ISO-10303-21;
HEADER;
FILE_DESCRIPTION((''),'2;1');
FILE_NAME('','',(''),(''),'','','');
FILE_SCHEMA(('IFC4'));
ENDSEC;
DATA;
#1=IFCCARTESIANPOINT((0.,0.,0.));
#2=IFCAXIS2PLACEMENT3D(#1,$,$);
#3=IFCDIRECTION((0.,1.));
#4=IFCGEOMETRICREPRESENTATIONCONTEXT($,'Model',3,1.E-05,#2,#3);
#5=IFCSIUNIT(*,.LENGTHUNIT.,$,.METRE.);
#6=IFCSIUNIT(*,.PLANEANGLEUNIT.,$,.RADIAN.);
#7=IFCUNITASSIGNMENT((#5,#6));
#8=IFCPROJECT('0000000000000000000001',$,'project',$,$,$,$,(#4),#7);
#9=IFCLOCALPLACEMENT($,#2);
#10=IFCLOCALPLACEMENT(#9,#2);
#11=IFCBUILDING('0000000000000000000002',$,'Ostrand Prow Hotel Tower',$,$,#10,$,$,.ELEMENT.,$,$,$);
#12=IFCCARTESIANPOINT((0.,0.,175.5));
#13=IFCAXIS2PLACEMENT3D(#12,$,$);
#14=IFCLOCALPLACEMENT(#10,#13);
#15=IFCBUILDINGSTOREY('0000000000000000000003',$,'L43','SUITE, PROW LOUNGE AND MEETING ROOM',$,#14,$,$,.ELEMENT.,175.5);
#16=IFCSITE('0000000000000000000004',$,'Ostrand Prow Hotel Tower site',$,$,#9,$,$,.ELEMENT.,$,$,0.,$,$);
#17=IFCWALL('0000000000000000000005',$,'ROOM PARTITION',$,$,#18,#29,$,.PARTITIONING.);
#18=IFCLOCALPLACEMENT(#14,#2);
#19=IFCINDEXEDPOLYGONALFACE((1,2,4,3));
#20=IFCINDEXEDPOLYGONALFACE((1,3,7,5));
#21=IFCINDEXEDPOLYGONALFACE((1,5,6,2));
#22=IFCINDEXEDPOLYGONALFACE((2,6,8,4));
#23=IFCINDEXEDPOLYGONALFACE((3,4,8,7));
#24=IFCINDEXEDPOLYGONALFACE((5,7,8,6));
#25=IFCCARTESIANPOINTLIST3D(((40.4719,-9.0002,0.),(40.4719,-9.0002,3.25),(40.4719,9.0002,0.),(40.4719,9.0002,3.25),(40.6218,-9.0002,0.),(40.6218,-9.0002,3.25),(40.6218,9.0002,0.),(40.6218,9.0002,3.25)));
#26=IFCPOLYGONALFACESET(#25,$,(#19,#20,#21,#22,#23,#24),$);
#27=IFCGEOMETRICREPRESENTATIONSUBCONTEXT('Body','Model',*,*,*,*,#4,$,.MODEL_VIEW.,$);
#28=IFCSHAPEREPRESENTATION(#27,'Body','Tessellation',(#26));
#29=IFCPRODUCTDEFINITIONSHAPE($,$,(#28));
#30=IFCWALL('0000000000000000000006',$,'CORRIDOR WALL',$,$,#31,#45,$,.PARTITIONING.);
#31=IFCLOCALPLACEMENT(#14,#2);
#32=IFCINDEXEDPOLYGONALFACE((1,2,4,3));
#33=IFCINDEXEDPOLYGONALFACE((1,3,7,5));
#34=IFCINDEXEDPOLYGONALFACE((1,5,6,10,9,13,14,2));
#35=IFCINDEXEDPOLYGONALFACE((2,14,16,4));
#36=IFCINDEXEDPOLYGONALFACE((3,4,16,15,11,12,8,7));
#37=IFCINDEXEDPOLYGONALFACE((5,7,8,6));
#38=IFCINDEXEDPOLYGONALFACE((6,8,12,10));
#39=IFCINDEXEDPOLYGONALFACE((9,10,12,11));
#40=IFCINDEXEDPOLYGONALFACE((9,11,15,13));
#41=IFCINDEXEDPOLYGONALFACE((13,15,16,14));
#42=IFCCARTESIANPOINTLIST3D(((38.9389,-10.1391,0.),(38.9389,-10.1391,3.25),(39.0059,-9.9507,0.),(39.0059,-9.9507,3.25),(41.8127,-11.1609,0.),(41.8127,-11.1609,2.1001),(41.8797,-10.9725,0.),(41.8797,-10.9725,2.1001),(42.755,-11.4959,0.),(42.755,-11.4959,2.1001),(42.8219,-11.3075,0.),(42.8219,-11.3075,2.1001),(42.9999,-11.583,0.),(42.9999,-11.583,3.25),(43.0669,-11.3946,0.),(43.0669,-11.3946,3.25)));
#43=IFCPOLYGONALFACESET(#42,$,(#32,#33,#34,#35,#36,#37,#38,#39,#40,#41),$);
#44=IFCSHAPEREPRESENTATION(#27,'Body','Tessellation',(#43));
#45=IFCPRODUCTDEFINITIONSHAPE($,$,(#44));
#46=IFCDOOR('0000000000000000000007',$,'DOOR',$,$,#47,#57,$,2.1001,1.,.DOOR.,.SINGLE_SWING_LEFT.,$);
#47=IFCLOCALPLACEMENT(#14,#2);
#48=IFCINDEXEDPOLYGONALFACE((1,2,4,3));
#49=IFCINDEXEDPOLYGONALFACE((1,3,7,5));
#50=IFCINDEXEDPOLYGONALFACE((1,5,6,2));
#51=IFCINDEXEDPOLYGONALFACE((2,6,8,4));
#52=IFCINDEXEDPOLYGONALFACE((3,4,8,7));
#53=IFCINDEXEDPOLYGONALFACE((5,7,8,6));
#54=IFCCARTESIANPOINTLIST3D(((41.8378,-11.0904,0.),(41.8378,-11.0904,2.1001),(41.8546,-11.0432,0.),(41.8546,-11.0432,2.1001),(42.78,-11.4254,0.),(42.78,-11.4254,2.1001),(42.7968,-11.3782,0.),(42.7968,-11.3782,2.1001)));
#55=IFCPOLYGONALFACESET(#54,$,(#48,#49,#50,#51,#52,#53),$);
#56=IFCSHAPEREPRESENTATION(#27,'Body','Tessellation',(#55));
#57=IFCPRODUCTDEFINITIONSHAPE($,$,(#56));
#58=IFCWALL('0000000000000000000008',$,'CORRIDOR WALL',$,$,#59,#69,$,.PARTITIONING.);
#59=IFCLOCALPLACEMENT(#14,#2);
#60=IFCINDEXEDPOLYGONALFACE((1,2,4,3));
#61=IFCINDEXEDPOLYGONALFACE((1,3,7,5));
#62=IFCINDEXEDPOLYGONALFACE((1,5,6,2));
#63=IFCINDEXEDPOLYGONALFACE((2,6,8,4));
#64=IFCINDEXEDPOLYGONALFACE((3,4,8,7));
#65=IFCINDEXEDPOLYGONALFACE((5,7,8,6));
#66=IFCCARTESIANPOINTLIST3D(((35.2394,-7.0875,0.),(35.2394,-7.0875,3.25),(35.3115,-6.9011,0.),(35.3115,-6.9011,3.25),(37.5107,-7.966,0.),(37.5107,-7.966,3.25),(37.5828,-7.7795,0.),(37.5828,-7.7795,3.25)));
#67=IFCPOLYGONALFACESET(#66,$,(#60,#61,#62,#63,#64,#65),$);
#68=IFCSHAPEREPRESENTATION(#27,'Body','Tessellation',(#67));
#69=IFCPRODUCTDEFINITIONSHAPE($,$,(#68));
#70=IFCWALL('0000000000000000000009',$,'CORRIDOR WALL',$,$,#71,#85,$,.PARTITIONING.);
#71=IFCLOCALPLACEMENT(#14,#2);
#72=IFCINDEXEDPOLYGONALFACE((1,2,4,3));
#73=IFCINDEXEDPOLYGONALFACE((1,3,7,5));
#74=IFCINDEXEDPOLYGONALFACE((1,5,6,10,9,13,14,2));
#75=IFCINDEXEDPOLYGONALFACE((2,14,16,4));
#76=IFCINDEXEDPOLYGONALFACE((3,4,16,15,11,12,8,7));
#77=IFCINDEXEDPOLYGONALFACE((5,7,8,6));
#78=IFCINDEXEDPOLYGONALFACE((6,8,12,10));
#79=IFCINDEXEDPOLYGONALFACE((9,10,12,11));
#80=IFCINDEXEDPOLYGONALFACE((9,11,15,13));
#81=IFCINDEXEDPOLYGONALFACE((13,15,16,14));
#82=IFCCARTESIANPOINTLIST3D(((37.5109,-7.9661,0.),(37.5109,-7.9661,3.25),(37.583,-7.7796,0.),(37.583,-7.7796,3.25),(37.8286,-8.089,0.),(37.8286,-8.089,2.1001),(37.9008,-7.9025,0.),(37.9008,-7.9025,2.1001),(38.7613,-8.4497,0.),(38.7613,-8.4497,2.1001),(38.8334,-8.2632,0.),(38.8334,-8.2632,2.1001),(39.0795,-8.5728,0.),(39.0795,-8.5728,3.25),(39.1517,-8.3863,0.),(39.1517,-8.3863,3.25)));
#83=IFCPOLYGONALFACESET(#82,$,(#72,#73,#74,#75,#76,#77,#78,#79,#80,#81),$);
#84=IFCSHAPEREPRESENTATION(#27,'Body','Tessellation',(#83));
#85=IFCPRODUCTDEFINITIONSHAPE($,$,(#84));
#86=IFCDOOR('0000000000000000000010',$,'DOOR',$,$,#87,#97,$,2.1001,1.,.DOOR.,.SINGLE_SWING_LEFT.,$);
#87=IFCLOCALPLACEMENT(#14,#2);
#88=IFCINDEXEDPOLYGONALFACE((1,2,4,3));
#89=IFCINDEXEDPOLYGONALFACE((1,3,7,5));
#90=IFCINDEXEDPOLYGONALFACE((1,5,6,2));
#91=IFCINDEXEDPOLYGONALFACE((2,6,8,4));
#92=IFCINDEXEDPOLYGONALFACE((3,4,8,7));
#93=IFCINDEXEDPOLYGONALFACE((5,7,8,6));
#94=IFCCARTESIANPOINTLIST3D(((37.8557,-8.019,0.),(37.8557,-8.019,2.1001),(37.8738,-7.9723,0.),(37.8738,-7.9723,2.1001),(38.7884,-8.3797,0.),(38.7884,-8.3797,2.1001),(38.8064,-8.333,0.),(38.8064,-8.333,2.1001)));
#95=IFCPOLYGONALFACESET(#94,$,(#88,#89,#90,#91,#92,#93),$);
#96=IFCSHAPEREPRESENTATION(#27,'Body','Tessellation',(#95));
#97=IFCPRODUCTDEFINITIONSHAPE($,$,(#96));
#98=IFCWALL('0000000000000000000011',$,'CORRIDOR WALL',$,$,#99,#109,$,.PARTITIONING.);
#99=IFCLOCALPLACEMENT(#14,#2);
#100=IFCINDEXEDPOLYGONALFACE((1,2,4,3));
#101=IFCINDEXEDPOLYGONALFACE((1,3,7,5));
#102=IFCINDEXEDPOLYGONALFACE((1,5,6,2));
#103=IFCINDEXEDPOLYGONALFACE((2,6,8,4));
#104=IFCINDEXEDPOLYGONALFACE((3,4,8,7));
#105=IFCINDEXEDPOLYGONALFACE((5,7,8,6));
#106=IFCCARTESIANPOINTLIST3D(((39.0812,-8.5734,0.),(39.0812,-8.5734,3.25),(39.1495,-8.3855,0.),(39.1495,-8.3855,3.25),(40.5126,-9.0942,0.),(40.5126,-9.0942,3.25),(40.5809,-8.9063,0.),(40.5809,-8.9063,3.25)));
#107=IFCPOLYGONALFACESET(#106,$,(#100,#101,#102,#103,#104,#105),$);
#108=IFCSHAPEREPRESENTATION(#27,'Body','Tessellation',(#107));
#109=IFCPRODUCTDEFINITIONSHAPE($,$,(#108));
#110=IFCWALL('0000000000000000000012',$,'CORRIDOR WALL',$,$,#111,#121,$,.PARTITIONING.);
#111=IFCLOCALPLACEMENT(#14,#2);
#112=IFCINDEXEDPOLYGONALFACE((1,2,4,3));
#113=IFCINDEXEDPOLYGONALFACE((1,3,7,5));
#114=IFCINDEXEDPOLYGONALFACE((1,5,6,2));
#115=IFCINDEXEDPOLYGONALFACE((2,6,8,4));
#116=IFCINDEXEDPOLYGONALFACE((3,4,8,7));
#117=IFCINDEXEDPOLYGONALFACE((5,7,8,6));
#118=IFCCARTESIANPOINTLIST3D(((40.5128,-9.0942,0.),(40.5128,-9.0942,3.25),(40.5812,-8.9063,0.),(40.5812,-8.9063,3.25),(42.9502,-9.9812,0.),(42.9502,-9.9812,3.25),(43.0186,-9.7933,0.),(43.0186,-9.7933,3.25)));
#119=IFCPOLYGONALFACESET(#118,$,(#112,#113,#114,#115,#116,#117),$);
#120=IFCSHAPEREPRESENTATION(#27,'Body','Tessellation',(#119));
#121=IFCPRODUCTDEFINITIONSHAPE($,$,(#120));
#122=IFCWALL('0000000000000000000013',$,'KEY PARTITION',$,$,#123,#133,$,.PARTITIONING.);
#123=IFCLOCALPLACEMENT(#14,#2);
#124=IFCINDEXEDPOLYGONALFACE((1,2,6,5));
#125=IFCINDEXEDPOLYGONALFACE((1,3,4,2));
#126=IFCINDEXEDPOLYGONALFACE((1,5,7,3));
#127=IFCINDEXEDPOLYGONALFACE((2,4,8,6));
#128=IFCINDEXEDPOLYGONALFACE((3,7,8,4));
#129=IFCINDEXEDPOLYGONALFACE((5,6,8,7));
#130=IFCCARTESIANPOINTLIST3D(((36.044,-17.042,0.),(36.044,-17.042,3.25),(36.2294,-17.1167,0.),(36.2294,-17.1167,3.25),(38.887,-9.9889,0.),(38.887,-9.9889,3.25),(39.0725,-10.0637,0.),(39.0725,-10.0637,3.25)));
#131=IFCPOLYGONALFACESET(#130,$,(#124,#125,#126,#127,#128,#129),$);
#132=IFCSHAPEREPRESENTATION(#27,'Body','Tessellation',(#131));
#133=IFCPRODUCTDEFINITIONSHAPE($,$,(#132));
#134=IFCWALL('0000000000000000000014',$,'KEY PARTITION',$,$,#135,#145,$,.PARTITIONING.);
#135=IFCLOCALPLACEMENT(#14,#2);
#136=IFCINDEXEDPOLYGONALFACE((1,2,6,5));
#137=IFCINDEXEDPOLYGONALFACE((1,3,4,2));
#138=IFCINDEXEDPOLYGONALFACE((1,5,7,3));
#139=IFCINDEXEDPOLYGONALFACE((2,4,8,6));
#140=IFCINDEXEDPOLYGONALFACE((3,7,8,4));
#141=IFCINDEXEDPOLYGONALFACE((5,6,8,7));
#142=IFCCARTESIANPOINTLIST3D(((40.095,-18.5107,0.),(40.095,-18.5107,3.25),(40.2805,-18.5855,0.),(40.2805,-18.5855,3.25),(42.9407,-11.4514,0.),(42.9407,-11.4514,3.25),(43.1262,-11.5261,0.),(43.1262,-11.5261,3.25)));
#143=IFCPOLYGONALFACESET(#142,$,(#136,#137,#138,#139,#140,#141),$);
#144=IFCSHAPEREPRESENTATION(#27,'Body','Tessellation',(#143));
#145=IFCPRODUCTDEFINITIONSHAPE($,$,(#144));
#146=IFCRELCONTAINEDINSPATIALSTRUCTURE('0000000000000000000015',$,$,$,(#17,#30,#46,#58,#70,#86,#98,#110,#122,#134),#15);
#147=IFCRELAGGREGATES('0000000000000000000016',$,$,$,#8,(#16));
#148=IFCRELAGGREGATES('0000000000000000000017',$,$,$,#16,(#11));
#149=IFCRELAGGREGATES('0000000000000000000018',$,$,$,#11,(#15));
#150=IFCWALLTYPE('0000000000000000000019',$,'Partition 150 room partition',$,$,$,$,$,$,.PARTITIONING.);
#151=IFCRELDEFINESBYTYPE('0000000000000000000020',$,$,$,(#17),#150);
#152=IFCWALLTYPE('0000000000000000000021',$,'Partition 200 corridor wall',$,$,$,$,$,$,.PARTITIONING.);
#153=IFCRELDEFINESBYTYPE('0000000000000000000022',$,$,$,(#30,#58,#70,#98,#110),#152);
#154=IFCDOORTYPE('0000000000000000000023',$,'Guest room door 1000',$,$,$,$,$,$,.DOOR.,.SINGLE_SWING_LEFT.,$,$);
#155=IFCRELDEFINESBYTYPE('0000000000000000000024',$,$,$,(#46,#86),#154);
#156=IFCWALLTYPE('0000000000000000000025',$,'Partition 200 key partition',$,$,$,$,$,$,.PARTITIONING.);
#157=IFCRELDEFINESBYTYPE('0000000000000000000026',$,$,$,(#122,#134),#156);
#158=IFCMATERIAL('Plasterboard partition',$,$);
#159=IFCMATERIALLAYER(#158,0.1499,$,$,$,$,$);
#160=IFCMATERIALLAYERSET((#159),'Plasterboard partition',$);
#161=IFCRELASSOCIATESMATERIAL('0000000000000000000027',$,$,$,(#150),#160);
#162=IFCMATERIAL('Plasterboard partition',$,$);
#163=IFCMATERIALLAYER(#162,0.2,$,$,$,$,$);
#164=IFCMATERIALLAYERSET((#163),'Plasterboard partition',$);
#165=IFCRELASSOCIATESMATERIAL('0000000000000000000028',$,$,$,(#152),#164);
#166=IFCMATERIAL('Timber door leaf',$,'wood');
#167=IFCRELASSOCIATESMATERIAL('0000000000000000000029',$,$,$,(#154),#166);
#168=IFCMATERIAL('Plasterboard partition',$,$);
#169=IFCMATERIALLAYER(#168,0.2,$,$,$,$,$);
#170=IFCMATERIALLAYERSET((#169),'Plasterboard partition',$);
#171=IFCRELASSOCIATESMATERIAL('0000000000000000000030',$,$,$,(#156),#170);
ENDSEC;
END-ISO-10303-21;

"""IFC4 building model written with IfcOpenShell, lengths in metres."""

from ifc_helpers import new_model, si_unit, direction, frame, frame_2d, origin, place, context, subcontext, project, spatial, rectangle, extrude, material, layer, layer_set, type_object, element, fill, save


model = new_model("IFC4")

# Units and contexts
model_context = context("Model", 3, precision=1e-05, world=origin(), true_north=direction((0.0, 1.0)))
body_context = subcontext(model_context, "Body", "Model", "MODEL_VIEW")
ifc_project = project(units=[si_unit("LENGTHUNIT", "METRE"), si_unit("PLANEANGLEUNIT", "RADIAN")], contexts=[model_context])

# Site, building, storey
site_placement = place(None, origin())
site = spatial("IfcSite", under=ifc_project, at=site_placement, Name="Ostrand Prow Hotel Tower site", CompositionType="ELEMENT", RefElevation=0.0)
building_placement = place(site_placement, origin())
building = spatial("IfcBuilding", under=site, at=building_placement, Name="Ostrand Prow Hotel Tower", CompositionType="ELEMENT")
storey_placement = place(building_placement, frame((0.0, 0.0, 175.5)))
storey = spatial("IfcBuildingStorey", under=building, at=storey_placement, Name="L43", Description="SUITE, PROW LOUNGE AND MEETING ROOM", CompositionType="ELEMENT", Elevation=175.5)

# Wall
ifc_material_1 = material(Name="Plasterboard partition")
ifc_layer_1 = layer(ifc_material_1, 0.1499)
ifc_layer_set_1 = layer_set([ifc_layer_1], Name="Plasterboard partition")
wall_type_1 = type_object("IfcWallType", Name="Partition 150 room partition", PredefinedType="PARTITIONING", material=ifc_layer_set_1)
wall_1_placement = place(storey_placement, frame((40.5469, -9.0002, 0.0), z_axis=(0.0, 0.0, 1.0), x_axis=(0.0, 1.0, 0.0)))
element("IfcWall", 1, at=wall_1_placement, inside=storey, type_object=wall_type_1, Name="ROOM PARTITION", PredefinedType="PARTITIONING", context=body_context, shape_type="SweptSolid", body=[
    extrude(rectangle(XDim=18.0005, YDim=0.1499, at=frame_2d((9.0002, 0.0))), origin(), (0.0, 0.0, 1.0), 3.25),
])

# Wall, opening, door
ifc_material_2 = material(Name="Plasterboard partition")
ifc_layer_2 = layer(ifc_material_2, 0.2)
ifc_layer_set_2 = layer_set([ifc_layer_2], Name="Plasterboard partition")
wall_type_2 = type_object("IfcWallType", Name="Partition 200 corridor wall", PredefinedType="PARTITIONING", material=ifc_layer_set_2)
wall_2_placement = place(storey_placement, frame((38.9724, -10.0449, 0.0), z_axis=(0.0, 0.0, 1.0), x_axis=(0.94222, -0.334994, 0.0)))
wall_2 = element("IfcWall", 2, at=wall_2_placement, inside=storey, type_object=wall_type_2, Name="CORRIDOR WALL", PredefinedType="PARTITIONING", context=body_context, shape_type="SweptSolid", body=[
    extrude(rectangle(XDim=4.3101, YDim=0.2, at=frame_2d((2.155, 0.0))), origin(), (0.0, 0.0, 1.0), 3.25),
])
opening_1_placement = place(wall_2_placement, frame((3.05, 0.0, 0.0)))
opening_1 = element("IfcOpeningElement", 3, at=opening_1_placement, cuts=wall_2, PredefinedType="OPENING", context=body_context, shape_type="SweptSolid", body=[
    extrude(rectangle(XDim=1.0, YDim=2.1001, at=frame_2d((0.5, 1.05))), frame((0.0, 0.1099, 0.0), z_axis=(0.0, -1.0, 0.0), x_axis=(1.0, 0.0, 0.0)), (0.0, 0.0, 1.0), 0.22),
])
ifc_material_3 = material(Name="Timber door leaf", Category="wood")
door_type_1 = type_object("IfcDoorType", Name="Guest room door 1000", OperationType="SINGLE_SWING_LEFT", PredefinedType="DOOR", material=ifc_material_3)
door_1_placement = place(opening_1_placement, origin())
door_1 = element("IfcDoor", 4, at=door_1_placement, inside=storey, type_object=door_type_1, Name="DOOR", OperationType="SINGLE_SWING_LEFT", OverallHeight=2.1001, OverallWidth=1.0, PredefinedType="DOOR", context=body_context, shape_type="SweptSolid", body=[
    extrude(rectangle(XDim=1.0, YDim=2.1001, at=frame_2d((0.5, 1.05))), frame((0.0, 0.0249, 0.0), z_axis=(0.0, -1.0, 0.0), x_axis=(1.0, 0.0, 0.0)), (0.0, 0.0, 1.0), 0.05),
])
fill(opening_1, door_1)

# Wall
wall_3_placement = place(storey_placement, frame((37.5469, -7.8728, 0.0), z_axis=(0.0, 0.0, 1.0), x_axis=(-0.932675, 0.360718, 0.0)))
element("IfcWall", 5, at=wall_3_placement, inside=storey, type_object=wall_type_2, Name="CORRIDOR WALL", PredefinedType="PARTITIONING", context=body_context, shape_type="SweptSolid", body=[
    extrude(rectangle(XDim=2.4353, YDim=0.2, at=frame_2d((1.2178, 0.0))), origin(), (0.0, 0.0, 1.0), 3.25),
])

# Wall, opening, door
wall_4_placement = place(storey_placement, frame((39.1155, -8.4795, 0.0), z_axis=(0.0, 0.0, 1.0), x_axis=(-0.932671, 0.360729, 0.0)))
wall_4 = element("IfcWall", 6, at=wall_4_placement, inside=storey, type_object=wall_type_2, Name="CORRIDOR WALL", PredefinedType="PARTITIONING", context=body_context, shape_type="SweptSolid", body=[
    extrude(rectangle(XDim=1.6819, YDim=0.2, at=frame_2d((0.8408, 0.0))), origin(), (0.0, 0.0, 1.0), 3.25),
])
opening_2_placement = place(wall_4_placement, frame((0.3411, 0.0, 0.0)))
opening_2 = element("IfcOpeningElement", 7, at=opening_2_placement, cuts=wall_4, PredefinedType="OPENING", context=body_context, shape_type="SweptSolid", body=[
    extrude(rectangle(XDim=1.0, YDim=2.1001, at=frame_2d((0.5, 1.05))), frame((0.0, 0.1099, 0.0), z_axis=(0.0, -1.0, 0.0), x_axis=(1.0, 0.0, 0.0)), (0.0, 0.0, 1.0), 0.22),
])
door_2_placement = place(opening_2_placement, origin())
door_2 = element("IfcDoor", 8, at=door_2_placement, inside=storey, type_object=door_type_1, Name="DOOR", OperationType="SINGLE_SWING_LEFT", OverallHeight=2.1001, OverallWidth=1.0, PredefinedType="DOOR", context=body_context, shape_type="SweptSolid", body=[
    extrude(rectangle(XDim=1.0, YDim=2.1001, at=frame_2d((0.5, 1.05))), frame((0.0, 0.0249, 0.0), z_axis=(0.0, -1.0, 0.0), x_axis=(1.0, 0.0, 0.0)), (0.0, 0.0, 1.0), 0.05),
])
fill(opening_2, door_2)

# Walls
wall_5_placement = place(storey_placement, frame((40.5469, -9.0002, 0.0), z_axis=(0.0, 0.0, 1.0), x_axis=(-0.939742, 0.341885, 0.0)))
element("IfcWall", 9, at=wall_5_placement, inside=storey, type_object=wall_type_2, Name="CORRIDOR WALL", PredefinedType="PARTITIONING", context=body_context, shape_type="SweptSolid", body=[
    extrude(rectangle(XDim=1.5232, YDim=0.2, at=frame_2d((0.7617, 0.0))), origin(), (0.0, 0.0, 1.0), 3.25),
])
wall_6_placement = place(storey_placement, frame((42.9844, -9.8872, 0.0), z_axis=(0.0, 0.0, 1.0), x_axis=(-0.939719, 0.341947, 0.0)))
element("IfcWall", 10, at=wall_6_placement, inside=storey, type_object=wall_type_2, Name="CORRIDOR WALL", PredefinedType="PARTITIONING", context=body_context, shape_type="SweptSolid", body=[
    extrude(rectangle(XDim=2.5938, YDim=0.2, at=frame_2d((1.2969, 0.0))), origin(), (0.0, 0.0, 1.0), 3.25),
])
ifc_material_4 = material(Name="Plasterboard partition")
ifc_layer_3 = layer(ifc_material_4, 0.2)
ifc_layer_set_3 = layer_set([ifc_layer_3], Name="Plasterboard partition")
wall_type_3 = type_object("IfcWallType", Name="Partition 200 key partition", PredefinedType="PARTITIONING", material=ifc_layer_set_3)
wall_7_placement = place(storey_placement, frame((36.1367, -17.0793, 0.0), z_axis=(0.0, 0.0, 1.0), x_axis=(0.373864, 0.927484, 0.0)))
element("IfcWall", 11, at=wall_7_placement, inside=storey, type_object=wall_type_3, Name="KEY PARTITION", PredefinedType="PARTITIONING", context=body_context, shape_type="SweptSolid", body=[
    extrude(rectangle(XDim=7.6045, YDim=0.2, at=frame_2d((3.8022, 0.0))), origin(), (0.0, 0.0, 1.0), 3.25),
])
wall_8_placement = place(storey_placement, frame((40.1877, -18.5481, 0.0), z_axis=(0.0, 0.0, 1.0), x_axis=(0.373878, 0.927478, 0.0)))
element("IfcWall", 12, at=wall_8_placement, inside=storey, type_object=wall_type_3, Name="KEY PARTITION", PredefinedType="PARTITIONING", context=body_context, shape_type="SweptSolid", body=[
    extrude(rectangle(XDim=7.6113, YDim=0.2, at=frame_2d((3.8057, 0.0))), origin(), (0.0, 0.0, 1.0), 3.25),
])

save(model, "model.ifc")
